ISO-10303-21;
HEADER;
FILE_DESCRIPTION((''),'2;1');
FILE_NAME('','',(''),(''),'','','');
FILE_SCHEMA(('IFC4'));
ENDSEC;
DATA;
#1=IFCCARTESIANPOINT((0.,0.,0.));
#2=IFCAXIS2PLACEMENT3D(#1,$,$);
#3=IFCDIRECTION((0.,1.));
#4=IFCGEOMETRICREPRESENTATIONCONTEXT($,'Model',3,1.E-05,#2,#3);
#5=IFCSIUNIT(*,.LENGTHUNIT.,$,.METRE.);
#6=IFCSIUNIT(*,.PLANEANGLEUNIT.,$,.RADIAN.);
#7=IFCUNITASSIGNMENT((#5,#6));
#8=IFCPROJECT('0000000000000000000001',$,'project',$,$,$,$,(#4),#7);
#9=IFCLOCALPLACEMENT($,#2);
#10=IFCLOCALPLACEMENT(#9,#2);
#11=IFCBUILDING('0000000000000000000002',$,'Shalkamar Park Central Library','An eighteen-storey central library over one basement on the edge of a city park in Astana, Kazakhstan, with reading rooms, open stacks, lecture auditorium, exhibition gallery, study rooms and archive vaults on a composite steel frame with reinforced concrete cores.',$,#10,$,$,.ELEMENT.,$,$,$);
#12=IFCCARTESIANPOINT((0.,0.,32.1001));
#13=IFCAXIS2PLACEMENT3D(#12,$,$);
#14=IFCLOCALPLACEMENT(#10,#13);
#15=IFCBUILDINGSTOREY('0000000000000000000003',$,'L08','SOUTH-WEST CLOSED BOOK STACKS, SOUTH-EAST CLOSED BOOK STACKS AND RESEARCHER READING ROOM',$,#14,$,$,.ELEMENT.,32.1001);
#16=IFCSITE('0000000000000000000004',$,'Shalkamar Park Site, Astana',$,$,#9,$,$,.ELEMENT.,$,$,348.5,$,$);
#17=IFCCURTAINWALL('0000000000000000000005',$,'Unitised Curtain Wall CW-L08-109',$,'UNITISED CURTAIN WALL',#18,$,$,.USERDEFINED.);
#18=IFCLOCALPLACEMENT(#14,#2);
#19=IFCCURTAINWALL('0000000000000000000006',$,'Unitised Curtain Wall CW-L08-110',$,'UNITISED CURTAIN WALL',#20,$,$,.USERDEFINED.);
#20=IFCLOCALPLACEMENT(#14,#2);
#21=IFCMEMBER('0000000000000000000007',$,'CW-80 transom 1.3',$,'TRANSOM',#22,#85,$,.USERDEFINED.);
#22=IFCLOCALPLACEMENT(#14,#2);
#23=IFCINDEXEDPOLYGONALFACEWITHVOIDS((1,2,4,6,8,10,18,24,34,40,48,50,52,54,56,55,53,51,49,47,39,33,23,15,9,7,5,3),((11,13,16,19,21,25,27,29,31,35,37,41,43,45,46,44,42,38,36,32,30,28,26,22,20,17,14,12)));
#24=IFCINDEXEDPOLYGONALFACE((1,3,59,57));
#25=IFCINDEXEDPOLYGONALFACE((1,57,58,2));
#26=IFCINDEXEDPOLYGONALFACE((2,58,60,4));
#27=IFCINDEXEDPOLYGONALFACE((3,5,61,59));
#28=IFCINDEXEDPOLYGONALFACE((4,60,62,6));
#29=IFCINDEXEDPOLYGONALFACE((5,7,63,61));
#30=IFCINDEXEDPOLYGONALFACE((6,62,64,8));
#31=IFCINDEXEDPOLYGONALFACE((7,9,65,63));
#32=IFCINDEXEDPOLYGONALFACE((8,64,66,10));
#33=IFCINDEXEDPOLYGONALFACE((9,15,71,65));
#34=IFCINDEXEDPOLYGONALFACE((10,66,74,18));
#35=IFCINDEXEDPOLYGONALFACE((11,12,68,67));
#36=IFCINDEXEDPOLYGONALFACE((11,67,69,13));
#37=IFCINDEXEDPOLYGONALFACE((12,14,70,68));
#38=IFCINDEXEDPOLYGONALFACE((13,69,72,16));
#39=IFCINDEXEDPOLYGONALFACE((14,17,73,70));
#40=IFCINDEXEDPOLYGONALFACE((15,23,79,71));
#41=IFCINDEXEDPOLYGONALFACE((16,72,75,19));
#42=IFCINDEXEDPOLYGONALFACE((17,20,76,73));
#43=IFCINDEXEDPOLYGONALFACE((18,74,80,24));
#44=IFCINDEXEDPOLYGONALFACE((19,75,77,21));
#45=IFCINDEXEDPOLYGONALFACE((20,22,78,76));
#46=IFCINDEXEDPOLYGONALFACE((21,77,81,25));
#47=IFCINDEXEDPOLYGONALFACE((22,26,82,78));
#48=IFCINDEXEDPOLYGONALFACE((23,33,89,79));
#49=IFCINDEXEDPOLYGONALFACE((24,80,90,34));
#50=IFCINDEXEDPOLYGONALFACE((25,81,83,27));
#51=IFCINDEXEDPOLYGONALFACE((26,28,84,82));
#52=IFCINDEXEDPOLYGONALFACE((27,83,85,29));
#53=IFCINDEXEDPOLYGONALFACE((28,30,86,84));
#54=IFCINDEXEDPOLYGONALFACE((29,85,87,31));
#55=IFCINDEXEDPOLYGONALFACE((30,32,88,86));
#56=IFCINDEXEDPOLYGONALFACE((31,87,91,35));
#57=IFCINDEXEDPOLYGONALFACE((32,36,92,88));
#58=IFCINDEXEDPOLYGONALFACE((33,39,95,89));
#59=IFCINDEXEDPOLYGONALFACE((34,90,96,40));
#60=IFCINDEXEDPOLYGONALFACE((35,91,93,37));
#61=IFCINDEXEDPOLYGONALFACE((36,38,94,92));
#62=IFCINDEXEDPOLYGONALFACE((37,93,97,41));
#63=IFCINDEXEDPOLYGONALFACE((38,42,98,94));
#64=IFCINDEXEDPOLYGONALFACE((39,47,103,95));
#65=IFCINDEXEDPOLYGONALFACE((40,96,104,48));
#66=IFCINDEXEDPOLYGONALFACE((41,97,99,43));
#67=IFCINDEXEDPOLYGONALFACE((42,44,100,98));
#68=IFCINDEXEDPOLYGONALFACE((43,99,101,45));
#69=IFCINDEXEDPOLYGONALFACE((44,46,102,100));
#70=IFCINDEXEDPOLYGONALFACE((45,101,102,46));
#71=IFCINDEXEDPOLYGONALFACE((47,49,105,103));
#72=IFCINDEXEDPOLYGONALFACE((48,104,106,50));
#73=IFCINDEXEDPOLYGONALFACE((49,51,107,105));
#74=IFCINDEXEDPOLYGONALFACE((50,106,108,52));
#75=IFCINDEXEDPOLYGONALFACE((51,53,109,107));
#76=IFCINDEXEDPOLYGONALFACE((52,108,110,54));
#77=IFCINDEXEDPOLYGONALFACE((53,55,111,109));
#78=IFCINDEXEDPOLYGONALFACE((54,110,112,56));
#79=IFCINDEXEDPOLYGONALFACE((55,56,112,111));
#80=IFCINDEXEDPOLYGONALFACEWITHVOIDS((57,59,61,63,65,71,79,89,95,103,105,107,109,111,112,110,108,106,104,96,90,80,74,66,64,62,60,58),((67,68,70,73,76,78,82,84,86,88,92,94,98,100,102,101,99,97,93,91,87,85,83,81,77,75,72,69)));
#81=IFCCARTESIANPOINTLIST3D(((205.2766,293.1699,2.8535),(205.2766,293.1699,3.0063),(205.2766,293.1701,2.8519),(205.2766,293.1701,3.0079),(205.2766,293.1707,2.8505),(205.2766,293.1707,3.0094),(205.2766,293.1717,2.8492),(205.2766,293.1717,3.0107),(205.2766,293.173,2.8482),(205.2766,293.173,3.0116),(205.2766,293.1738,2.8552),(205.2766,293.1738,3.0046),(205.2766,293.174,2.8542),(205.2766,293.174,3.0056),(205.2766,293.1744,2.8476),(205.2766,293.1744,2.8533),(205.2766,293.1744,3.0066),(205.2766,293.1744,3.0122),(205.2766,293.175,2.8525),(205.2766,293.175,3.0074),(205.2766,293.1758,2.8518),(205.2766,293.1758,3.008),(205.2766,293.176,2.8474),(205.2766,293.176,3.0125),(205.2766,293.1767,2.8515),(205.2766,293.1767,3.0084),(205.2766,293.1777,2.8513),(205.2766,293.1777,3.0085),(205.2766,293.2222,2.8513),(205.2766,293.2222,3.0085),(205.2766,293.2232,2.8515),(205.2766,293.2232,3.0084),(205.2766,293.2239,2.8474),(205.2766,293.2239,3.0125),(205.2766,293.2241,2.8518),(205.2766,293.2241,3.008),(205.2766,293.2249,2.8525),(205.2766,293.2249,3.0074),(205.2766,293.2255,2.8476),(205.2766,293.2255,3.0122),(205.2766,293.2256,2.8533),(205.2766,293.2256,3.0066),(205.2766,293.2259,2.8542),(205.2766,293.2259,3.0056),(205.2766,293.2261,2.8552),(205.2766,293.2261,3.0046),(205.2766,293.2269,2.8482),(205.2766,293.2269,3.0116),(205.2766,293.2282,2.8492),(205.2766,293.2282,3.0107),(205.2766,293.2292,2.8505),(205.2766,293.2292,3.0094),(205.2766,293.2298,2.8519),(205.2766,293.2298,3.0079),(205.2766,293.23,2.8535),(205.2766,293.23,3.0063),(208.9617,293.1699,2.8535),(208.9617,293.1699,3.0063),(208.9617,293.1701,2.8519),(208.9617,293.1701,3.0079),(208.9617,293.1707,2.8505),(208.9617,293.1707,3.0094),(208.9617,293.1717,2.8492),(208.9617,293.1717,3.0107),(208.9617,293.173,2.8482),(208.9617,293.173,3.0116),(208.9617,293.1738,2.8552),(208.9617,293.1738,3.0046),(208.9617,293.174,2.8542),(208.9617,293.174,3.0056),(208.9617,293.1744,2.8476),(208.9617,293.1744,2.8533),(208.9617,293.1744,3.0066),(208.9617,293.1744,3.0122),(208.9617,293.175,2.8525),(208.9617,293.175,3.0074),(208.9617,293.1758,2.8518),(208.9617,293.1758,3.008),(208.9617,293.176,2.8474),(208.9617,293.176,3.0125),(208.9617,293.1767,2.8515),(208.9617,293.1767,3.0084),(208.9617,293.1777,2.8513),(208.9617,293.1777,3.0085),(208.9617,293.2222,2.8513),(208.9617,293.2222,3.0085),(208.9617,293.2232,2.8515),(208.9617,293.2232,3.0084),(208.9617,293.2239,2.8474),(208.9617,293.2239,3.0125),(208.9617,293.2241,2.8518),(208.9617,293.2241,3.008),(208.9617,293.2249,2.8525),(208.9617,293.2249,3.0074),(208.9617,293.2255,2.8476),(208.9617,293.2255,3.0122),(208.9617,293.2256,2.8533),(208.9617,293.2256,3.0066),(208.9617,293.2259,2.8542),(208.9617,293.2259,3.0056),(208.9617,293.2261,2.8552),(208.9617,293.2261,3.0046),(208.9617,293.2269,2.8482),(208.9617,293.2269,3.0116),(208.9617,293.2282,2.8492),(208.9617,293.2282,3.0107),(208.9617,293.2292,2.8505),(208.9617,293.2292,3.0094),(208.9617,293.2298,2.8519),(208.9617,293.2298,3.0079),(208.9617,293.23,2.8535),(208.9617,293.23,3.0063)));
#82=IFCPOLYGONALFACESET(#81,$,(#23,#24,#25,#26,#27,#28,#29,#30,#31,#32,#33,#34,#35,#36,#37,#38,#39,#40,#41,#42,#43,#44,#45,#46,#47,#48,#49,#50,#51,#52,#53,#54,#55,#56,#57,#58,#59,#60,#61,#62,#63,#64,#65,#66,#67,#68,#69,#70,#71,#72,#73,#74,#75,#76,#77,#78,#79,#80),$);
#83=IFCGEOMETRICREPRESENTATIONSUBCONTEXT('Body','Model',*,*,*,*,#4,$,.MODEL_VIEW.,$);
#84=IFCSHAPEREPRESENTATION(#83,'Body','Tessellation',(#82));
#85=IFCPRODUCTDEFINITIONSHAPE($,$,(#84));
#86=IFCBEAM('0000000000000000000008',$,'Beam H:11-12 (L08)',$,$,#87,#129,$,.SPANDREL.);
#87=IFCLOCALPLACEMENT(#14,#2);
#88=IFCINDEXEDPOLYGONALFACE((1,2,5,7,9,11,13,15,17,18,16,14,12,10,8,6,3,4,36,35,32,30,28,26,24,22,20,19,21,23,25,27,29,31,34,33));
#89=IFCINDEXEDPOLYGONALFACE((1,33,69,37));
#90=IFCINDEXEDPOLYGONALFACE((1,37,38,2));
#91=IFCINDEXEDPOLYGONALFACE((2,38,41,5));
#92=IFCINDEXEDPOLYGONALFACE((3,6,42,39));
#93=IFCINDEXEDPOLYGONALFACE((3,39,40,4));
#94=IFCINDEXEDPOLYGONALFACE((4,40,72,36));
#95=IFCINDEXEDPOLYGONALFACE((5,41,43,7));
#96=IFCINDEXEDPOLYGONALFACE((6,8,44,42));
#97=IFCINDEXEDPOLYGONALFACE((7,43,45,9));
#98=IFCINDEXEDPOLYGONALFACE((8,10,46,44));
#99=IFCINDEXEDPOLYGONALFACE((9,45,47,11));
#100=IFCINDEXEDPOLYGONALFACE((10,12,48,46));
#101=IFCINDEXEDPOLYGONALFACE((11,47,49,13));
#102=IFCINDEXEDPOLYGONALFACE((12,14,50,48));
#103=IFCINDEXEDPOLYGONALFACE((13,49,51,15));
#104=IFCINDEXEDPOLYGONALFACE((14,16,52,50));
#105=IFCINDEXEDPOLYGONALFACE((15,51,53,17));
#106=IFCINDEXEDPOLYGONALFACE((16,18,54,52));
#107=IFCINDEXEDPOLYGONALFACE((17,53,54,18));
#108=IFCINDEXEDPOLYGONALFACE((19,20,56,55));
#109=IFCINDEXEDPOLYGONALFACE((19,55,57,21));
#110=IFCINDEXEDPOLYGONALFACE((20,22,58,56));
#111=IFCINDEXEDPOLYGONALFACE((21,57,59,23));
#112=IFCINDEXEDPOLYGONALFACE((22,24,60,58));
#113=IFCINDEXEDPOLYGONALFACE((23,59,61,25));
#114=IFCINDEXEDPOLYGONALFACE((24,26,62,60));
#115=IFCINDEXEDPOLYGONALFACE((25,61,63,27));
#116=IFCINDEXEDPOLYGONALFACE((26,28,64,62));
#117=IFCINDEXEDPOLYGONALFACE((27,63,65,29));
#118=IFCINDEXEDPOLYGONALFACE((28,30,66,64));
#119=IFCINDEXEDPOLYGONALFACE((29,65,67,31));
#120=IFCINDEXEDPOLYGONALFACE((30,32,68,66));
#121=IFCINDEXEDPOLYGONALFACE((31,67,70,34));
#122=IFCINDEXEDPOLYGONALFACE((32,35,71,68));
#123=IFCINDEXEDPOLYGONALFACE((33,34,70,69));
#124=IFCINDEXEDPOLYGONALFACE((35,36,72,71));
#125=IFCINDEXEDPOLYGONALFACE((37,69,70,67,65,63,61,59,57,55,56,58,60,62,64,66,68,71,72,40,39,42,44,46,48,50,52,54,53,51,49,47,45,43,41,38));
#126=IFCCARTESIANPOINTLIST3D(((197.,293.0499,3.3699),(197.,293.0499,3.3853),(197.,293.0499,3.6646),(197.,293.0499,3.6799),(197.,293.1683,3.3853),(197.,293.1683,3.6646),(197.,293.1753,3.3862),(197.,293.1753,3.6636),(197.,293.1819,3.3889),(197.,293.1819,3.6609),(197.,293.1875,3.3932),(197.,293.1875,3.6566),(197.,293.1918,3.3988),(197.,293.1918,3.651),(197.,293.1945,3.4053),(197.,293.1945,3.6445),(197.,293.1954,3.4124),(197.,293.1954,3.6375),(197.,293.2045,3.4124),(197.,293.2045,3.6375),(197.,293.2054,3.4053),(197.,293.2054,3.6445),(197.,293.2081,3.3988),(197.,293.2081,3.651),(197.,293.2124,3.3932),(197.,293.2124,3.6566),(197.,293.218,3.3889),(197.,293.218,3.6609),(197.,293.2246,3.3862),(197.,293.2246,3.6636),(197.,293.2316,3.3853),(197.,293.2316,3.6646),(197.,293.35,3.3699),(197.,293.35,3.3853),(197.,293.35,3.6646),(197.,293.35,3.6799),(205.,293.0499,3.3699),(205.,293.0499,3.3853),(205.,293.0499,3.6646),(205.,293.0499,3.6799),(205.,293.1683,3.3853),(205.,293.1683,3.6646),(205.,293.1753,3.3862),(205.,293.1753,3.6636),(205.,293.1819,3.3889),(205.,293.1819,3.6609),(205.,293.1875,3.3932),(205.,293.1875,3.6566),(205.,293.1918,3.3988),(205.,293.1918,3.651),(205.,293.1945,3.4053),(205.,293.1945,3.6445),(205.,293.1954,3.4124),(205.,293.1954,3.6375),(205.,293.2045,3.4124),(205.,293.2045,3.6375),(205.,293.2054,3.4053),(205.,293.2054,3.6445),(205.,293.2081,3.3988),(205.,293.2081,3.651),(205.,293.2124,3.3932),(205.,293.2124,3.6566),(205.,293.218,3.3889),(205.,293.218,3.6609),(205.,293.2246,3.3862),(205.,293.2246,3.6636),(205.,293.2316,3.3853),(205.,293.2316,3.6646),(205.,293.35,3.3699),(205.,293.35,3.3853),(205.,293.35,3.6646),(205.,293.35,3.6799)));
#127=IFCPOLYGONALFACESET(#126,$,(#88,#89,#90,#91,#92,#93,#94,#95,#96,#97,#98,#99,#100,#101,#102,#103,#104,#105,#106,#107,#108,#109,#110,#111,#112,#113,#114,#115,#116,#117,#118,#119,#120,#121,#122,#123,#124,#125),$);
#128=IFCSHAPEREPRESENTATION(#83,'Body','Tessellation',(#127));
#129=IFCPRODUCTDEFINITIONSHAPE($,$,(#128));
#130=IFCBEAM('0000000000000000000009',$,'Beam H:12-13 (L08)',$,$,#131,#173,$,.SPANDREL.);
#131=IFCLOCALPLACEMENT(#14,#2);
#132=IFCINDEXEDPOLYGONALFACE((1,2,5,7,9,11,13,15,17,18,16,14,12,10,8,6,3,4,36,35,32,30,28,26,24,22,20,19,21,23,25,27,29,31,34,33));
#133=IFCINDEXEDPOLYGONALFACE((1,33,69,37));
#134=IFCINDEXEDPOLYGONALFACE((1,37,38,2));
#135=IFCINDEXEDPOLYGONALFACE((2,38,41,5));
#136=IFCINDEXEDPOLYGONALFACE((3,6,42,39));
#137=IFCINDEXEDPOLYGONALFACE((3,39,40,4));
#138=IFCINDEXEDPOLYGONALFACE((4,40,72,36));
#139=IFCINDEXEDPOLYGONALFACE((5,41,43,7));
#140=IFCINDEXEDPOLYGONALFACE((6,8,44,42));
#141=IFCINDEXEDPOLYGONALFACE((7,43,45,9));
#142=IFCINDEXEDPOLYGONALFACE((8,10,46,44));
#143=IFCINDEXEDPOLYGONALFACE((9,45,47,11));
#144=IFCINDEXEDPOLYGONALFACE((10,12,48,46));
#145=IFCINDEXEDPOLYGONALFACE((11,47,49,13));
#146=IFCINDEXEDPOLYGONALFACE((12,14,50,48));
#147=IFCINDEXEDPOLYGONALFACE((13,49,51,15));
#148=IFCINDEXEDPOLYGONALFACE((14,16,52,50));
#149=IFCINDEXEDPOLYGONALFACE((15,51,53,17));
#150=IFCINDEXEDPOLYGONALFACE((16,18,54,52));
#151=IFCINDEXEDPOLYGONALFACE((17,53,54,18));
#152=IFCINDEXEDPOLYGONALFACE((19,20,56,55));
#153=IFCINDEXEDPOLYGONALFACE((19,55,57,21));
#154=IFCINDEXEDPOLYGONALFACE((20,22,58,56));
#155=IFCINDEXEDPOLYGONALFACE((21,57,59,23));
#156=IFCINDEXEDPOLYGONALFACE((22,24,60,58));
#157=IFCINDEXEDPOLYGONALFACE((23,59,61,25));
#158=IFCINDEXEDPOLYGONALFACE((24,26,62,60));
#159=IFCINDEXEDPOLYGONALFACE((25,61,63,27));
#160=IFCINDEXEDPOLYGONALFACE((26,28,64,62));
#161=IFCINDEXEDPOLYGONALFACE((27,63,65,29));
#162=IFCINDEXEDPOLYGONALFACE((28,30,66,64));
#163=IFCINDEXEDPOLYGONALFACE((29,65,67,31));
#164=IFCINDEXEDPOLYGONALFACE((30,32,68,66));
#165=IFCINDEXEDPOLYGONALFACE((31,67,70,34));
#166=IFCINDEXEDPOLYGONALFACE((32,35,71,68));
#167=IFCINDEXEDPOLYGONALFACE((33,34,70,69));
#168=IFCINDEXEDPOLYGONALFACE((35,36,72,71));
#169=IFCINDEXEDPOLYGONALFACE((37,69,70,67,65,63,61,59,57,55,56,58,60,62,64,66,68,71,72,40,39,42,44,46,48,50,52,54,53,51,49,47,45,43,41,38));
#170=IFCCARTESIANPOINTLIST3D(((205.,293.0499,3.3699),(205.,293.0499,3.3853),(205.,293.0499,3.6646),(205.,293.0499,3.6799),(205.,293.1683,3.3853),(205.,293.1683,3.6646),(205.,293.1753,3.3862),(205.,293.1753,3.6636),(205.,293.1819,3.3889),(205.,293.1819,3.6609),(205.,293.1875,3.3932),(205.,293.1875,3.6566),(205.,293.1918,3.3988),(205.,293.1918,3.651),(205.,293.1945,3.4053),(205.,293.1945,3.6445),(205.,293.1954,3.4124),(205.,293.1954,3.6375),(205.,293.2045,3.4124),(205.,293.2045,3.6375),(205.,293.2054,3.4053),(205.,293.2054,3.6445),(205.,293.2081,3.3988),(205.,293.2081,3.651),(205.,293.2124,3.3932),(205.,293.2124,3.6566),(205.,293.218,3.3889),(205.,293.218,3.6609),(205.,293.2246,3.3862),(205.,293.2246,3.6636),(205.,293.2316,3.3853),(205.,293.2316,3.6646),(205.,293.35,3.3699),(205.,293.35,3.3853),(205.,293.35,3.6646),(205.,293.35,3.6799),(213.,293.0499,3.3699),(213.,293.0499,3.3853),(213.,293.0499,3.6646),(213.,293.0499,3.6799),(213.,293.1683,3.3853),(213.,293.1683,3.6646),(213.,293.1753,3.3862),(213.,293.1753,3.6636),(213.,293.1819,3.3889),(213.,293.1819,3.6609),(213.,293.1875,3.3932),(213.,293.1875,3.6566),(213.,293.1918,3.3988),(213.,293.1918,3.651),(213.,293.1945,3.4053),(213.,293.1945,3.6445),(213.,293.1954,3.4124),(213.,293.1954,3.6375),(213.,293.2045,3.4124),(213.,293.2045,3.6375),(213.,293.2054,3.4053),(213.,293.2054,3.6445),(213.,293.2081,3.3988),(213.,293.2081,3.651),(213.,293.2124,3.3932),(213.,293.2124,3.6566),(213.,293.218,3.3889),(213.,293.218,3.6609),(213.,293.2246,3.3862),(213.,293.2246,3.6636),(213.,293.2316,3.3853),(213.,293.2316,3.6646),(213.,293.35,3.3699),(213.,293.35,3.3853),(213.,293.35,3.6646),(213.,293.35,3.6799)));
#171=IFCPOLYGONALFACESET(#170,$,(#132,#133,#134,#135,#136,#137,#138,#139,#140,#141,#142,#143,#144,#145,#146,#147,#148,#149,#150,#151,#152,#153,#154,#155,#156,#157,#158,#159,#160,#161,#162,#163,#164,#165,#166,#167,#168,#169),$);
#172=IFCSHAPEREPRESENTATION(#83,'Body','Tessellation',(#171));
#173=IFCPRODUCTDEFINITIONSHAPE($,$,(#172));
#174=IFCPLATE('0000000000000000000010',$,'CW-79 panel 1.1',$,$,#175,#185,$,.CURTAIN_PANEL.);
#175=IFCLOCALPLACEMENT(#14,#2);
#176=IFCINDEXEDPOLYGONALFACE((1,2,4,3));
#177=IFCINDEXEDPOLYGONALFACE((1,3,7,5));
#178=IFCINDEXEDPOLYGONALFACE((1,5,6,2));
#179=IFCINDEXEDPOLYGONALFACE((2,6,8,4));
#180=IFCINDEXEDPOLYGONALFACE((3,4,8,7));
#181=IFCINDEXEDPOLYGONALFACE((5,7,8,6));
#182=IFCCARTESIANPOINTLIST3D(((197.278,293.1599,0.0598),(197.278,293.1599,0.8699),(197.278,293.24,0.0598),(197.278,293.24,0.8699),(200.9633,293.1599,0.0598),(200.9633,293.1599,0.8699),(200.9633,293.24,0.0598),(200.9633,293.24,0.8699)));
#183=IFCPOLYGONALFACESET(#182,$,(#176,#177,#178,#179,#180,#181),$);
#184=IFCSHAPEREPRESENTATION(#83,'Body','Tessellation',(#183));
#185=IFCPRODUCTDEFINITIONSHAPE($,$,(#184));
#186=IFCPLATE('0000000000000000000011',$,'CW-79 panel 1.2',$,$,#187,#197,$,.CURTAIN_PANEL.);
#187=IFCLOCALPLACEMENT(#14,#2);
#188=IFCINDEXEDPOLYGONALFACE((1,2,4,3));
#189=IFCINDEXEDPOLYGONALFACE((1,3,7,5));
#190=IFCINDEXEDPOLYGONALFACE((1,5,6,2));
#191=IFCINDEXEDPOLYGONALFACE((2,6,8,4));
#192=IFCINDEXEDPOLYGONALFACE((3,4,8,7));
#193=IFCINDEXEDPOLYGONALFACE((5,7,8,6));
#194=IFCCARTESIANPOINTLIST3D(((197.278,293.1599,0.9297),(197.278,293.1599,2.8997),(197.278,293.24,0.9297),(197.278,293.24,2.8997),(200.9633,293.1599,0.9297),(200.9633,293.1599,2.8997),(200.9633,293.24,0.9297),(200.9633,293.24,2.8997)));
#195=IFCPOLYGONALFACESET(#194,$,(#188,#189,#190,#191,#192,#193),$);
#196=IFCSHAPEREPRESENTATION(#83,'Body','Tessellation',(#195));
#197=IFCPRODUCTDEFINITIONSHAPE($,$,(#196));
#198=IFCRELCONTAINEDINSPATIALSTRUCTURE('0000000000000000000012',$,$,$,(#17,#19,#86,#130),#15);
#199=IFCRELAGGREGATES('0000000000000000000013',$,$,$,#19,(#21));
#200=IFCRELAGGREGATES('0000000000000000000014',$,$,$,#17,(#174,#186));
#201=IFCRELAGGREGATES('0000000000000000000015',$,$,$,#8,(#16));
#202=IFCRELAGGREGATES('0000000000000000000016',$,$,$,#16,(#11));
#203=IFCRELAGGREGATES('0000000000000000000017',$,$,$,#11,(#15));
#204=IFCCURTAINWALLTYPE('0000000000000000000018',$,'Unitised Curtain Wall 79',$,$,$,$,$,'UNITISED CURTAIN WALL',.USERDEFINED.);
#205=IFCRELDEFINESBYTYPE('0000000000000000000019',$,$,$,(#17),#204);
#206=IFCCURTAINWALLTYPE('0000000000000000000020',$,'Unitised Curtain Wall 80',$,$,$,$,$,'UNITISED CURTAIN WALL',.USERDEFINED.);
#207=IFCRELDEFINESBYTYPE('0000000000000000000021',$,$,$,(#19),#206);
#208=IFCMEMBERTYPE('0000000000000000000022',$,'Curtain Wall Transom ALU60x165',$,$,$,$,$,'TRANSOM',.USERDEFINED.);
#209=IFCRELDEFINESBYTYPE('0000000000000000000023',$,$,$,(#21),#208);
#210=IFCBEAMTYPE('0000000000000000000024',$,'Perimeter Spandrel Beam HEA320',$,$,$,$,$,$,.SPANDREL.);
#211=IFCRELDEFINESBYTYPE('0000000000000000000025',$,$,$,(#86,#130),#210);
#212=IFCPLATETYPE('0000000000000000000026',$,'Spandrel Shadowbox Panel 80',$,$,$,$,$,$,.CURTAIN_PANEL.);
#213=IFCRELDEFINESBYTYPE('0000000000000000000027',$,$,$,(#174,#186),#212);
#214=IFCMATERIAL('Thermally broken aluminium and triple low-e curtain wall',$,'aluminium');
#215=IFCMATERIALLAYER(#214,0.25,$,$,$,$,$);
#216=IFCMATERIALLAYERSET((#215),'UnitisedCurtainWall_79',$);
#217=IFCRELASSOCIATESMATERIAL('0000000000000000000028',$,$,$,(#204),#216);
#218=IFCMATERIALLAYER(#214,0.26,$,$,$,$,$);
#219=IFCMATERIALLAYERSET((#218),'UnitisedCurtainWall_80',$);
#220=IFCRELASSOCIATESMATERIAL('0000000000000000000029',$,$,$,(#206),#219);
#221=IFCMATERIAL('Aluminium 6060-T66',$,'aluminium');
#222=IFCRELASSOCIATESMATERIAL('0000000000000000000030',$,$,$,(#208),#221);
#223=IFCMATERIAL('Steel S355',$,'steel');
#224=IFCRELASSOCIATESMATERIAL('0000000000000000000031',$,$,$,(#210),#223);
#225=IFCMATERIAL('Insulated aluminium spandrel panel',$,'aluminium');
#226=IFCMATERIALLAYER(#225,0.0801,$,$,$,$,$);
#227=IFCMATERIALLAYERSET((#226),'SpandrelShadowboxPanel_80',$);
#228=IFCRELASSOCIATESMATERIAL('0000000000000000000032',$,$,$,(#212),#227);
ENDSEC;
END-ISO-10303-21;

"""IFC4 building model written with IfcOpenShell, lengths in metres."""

from ifc_helpers import new_model, si_unit, direction, frame, origin, origin_2d, place, context, subcontext, project, spatial, rectangle, hollow_rectangle, i_section, extrude, material, layer, layer_set, material_profile, profile_set, type_object, element, aggregate, save


model = new_model("IFC4")

# Units and contexts
model_context = context("Model", 3, precision=1e-05, world=origin(), true_north=direction((0.0, 1.0)))
body_context = subcontext(model_context, "Body", "Model", "MODEL_VIEW")
ifc_project = project(units=[si_unit("LENGTHUNIT", "METRE"), si_unit("PLANEANGLEUNIT", "RADIAN")], contexts=[model_context])

# Site, building, storey
site_placement = place(None, origin())
site = spatial("IfcSite", under=ifc_project, at=site_placement, Name="Shalkamar Park Site, Astana", CompositionType="ELEMENT", RefElevation=348.5)
building_placement = place(site_placement, origin())
building = spatial("IfcBuilding", under=site, at=building_placement, Name="Shalkamar Park Central Library", Description="An eighteen-storey central library over one basement on the edge of a city park in Astana, Kazakhstan, with reading rooms, open stacks, lecture auditorium, exhibition gallery, study rooms and archive vaults on a composite steel frame with reinforced concrete cores.", CompositionType="ELEMENT")
storey_placement = place(building_placement, frame((0.0, 0.0, 32.1001)))
storey = spatial("IfcBuildingStorey", under=building, at=storey_placement, Name="L08", Description="SOUTH-WEST CLOSED BOOK STACKS, SOUTH-EAST CLOSED BOOK STACKS AND RESEARCHER READING ROOM", CompositionType="ELEMENT", Elevation=32.1001)

# Shared definitions
ifc_material_1 = material(Name="Steel S355", Category="steel")

# Curtain wall
ifc_material_2 = material(Name="Thermally broken aluminium and triple low-e curtain wall", Category="aluminium")
ifc_layer_1 = layer(ifc_material_2, 0.25)
ifc_layer_set_1 = layer_set([ifc_layer_1], Name="UnitisedCurtainWall_79")
curtain_wall_type_1 = type_object("IfcCurtainWallType", Name="Unitised Curtain Wall 79", ElementType="UNITISED CURTAIN WALL", PredefinedType="USERDEFINED", material=ifc_layer_set_1)
curtain_wall_1_placement = place(storey_placement, origin())
curtain_wall_1 = element("IfcCurtainWall", 1, at=curtain_wall_1_placement, inside=storey, type_object=curtain_wall_type_1, Name="Unitised Curtain Wall CW-L08-109", ObjectType="UNITISED CURTAIN WALL", PredefinedType="USERDEFINED")
ifc_material_3 = material(Name="Aluminium 6060-T66", Category="aluminium")

# Curtain wall
ifc_layer_2 = layer(ifc_material_2, 0.26)
ifc_layer_set_2 = layer_set([ifc_layer_2], Name="UnitisedCurtainWall_80")
curtain_wall_type_2 = type_object("IfcCurtainWallType", Name="Unitised Curtain Wall 80", ElementType="UNITISED CURTAIN WALL", PredefinedType="USERDEFINED", material=ifc_layer_set_2)
curtain_wall_2_placement = place(storey_placement, origin())
curtain_wall_2 = element("IfcCurtainWall", 2, at=curtain_wall_2_placement, inside=storey, type_object=curtain_wall_type_2, Name="Unitised Curtain Wall CW-L08-110", ObjectType="UNITISED CURTAIN WALL", PredefinedType="USERDEFINED")

# Member
ifc_material_profile_1 = material_profile(ifc_material_3, hollow_rectangle(XDim=0.0601, YDim=0.165, WallThickness=0.0039, InnerFilletRadius=0.0039, OuterFilletRadius=0.0061, at=origin_2d()), Name="ALU 60x165x4")
ifc_profile_set_1 = profile_set([ifc_material_profile_1], Name="Aluminium 6060-T66")
member_type_1 = type_object("IfcMemberType", Name="Curtain Wall Transom ALU60x165", ElementType="TRANSOM", PredefinedType="USERDEFINED", material=ifc_profile_set_1)
member_1_placement = place(storey_placement, frame((205.2766, 293.2, 2.9299), z_axis=(1.0, 0.0, 0.0), x_axis=(0.0, 1.0, 0.0)))
member_1 = element("IfcMember", 3, at=member_1_placement, type_object=member_type_1, Name="CW-80 transom 1.3", ObjectType="TRANSOM", PredefinedType="USERDEFINED", context=body_context, shape_type="SweptSolid", body=[
    extrude(hollow_rectangle(XDim=0.0601, YDim=0.165, WallThickness=0.0039, InnerFilletRadius=0.0039, OuterFilletRadius=0.0061, at=origin_2d()), origin(), (0.0, 0.0, 1.0), 3.6851),
])
aggregate(curtain_wall_2, [member_1])

# Beams
ifc_material_profile_2 = material_profile(ifc_material_1, i_section(OverallWidth=0.3, OverallDepth=0.3101, WebThickness=0.009, FlangeThickness=0.0154, FilletRadius=0.0271, at=origin_2d()), Name="HEA 320")
ifc_profile_set_2 = profile_set([ifc_material_profile_2], Name="Steel S355")
beam_type = type_object("IfcBeamType", Name="Perimeter Spandrel Beam HEA320", PredefinedType="SPANDREL", material=ifc_profile_set_2)
for number, where, z_axis, x_axis, name in (
    (4, (197.0, 293.2, 3.5249), (1.0, 0.0, 0.0), (0.0, 1.0, 0.0), "Beam H:11-12 (L08)"),
    (5, (205.0, 293.2, 3.5249), (1.0, 0.0, 0.0), (0.0, 1.0, 0.0), "Beam H:12-13 (L08)"),
):
    element("IfcBeam", number, at=place(storey_placement, frame(where, z_axis=z_axis, x_axis=x_axis)), inside=storey, type_object=beam_type, Name=name, PredefinedType="SPANDREL", context=body_context, shape_type="SweptSolid", body=[
        extrude(i_section(OverallWidth=0.3, OverallDepth=0.3101, WebThickness=0.009, FlangeThickness=0.0154, FilletRadius=0.0271, at=origin_2d()), origin(), (0.0, 0.0, 1.0), 8.0),
    ])

# Plates
ifc_material_4 = material(Name="Insulated aluminium spandrel panel", Category="aluminium")
ifc_layer_3 = layer(ifc_material_4, 0.0801)
ifc_layer_set_3 = layer_set([ifc_layer_3], Name="SpandrelShadowboxPanel_80")
plate_type_1 = type_object("IfcPlateType", Name="Spandrel Shadowbox Panel 80", PredefinedType="CURTAIN_PANEL", material=ifc_layer_set_3)
plate_1_placement = place(storey_placement, frame((199.1206, 293.2, 0.0598), z_axis=(0.0, 0.0, 1.0), x_axis=(1.0, 0.0, 0.0)))
plate_1 = element("IfcPlate", 6, at=plate_1_placement, type_object=plate_type_1, Name="CW-79 panel 1.1", PredefinedType="CURTAIN_PANEL", context=body_context, shape_type="SweptSolid", body=[
    extrude(rectangle(XDim=3.6853, YDim=0.0801, at=origin_2d()), origin(), (0.0, 0.0, 1.0), 0.8101),
])
plate_2_placement = place(storey_placement, frame((199.1206, 293.2, 0.9297), z_axis=(0.0, 0.0, 1.0), x_axis=(1.0, 0.0, 0.0)))
plate_2 = element("IfcPlate", 7, at=plate_2_placement, type_object=plate_type_1, Name="CW-79 panel 1.2", PredefinedType="CURTAIN_PANEL", context=body_context, shape_type="SweptSolid", body=[
    extrude(rectangle(XDim=3.6853, YDim=0.0801, at=origin_2d()), origin(), (0.0, 0.0, 1.0), 1.97),
])
aggregate(curtain_wall_1, [plate_1, plate_2])

save(model, "model.ifc")
